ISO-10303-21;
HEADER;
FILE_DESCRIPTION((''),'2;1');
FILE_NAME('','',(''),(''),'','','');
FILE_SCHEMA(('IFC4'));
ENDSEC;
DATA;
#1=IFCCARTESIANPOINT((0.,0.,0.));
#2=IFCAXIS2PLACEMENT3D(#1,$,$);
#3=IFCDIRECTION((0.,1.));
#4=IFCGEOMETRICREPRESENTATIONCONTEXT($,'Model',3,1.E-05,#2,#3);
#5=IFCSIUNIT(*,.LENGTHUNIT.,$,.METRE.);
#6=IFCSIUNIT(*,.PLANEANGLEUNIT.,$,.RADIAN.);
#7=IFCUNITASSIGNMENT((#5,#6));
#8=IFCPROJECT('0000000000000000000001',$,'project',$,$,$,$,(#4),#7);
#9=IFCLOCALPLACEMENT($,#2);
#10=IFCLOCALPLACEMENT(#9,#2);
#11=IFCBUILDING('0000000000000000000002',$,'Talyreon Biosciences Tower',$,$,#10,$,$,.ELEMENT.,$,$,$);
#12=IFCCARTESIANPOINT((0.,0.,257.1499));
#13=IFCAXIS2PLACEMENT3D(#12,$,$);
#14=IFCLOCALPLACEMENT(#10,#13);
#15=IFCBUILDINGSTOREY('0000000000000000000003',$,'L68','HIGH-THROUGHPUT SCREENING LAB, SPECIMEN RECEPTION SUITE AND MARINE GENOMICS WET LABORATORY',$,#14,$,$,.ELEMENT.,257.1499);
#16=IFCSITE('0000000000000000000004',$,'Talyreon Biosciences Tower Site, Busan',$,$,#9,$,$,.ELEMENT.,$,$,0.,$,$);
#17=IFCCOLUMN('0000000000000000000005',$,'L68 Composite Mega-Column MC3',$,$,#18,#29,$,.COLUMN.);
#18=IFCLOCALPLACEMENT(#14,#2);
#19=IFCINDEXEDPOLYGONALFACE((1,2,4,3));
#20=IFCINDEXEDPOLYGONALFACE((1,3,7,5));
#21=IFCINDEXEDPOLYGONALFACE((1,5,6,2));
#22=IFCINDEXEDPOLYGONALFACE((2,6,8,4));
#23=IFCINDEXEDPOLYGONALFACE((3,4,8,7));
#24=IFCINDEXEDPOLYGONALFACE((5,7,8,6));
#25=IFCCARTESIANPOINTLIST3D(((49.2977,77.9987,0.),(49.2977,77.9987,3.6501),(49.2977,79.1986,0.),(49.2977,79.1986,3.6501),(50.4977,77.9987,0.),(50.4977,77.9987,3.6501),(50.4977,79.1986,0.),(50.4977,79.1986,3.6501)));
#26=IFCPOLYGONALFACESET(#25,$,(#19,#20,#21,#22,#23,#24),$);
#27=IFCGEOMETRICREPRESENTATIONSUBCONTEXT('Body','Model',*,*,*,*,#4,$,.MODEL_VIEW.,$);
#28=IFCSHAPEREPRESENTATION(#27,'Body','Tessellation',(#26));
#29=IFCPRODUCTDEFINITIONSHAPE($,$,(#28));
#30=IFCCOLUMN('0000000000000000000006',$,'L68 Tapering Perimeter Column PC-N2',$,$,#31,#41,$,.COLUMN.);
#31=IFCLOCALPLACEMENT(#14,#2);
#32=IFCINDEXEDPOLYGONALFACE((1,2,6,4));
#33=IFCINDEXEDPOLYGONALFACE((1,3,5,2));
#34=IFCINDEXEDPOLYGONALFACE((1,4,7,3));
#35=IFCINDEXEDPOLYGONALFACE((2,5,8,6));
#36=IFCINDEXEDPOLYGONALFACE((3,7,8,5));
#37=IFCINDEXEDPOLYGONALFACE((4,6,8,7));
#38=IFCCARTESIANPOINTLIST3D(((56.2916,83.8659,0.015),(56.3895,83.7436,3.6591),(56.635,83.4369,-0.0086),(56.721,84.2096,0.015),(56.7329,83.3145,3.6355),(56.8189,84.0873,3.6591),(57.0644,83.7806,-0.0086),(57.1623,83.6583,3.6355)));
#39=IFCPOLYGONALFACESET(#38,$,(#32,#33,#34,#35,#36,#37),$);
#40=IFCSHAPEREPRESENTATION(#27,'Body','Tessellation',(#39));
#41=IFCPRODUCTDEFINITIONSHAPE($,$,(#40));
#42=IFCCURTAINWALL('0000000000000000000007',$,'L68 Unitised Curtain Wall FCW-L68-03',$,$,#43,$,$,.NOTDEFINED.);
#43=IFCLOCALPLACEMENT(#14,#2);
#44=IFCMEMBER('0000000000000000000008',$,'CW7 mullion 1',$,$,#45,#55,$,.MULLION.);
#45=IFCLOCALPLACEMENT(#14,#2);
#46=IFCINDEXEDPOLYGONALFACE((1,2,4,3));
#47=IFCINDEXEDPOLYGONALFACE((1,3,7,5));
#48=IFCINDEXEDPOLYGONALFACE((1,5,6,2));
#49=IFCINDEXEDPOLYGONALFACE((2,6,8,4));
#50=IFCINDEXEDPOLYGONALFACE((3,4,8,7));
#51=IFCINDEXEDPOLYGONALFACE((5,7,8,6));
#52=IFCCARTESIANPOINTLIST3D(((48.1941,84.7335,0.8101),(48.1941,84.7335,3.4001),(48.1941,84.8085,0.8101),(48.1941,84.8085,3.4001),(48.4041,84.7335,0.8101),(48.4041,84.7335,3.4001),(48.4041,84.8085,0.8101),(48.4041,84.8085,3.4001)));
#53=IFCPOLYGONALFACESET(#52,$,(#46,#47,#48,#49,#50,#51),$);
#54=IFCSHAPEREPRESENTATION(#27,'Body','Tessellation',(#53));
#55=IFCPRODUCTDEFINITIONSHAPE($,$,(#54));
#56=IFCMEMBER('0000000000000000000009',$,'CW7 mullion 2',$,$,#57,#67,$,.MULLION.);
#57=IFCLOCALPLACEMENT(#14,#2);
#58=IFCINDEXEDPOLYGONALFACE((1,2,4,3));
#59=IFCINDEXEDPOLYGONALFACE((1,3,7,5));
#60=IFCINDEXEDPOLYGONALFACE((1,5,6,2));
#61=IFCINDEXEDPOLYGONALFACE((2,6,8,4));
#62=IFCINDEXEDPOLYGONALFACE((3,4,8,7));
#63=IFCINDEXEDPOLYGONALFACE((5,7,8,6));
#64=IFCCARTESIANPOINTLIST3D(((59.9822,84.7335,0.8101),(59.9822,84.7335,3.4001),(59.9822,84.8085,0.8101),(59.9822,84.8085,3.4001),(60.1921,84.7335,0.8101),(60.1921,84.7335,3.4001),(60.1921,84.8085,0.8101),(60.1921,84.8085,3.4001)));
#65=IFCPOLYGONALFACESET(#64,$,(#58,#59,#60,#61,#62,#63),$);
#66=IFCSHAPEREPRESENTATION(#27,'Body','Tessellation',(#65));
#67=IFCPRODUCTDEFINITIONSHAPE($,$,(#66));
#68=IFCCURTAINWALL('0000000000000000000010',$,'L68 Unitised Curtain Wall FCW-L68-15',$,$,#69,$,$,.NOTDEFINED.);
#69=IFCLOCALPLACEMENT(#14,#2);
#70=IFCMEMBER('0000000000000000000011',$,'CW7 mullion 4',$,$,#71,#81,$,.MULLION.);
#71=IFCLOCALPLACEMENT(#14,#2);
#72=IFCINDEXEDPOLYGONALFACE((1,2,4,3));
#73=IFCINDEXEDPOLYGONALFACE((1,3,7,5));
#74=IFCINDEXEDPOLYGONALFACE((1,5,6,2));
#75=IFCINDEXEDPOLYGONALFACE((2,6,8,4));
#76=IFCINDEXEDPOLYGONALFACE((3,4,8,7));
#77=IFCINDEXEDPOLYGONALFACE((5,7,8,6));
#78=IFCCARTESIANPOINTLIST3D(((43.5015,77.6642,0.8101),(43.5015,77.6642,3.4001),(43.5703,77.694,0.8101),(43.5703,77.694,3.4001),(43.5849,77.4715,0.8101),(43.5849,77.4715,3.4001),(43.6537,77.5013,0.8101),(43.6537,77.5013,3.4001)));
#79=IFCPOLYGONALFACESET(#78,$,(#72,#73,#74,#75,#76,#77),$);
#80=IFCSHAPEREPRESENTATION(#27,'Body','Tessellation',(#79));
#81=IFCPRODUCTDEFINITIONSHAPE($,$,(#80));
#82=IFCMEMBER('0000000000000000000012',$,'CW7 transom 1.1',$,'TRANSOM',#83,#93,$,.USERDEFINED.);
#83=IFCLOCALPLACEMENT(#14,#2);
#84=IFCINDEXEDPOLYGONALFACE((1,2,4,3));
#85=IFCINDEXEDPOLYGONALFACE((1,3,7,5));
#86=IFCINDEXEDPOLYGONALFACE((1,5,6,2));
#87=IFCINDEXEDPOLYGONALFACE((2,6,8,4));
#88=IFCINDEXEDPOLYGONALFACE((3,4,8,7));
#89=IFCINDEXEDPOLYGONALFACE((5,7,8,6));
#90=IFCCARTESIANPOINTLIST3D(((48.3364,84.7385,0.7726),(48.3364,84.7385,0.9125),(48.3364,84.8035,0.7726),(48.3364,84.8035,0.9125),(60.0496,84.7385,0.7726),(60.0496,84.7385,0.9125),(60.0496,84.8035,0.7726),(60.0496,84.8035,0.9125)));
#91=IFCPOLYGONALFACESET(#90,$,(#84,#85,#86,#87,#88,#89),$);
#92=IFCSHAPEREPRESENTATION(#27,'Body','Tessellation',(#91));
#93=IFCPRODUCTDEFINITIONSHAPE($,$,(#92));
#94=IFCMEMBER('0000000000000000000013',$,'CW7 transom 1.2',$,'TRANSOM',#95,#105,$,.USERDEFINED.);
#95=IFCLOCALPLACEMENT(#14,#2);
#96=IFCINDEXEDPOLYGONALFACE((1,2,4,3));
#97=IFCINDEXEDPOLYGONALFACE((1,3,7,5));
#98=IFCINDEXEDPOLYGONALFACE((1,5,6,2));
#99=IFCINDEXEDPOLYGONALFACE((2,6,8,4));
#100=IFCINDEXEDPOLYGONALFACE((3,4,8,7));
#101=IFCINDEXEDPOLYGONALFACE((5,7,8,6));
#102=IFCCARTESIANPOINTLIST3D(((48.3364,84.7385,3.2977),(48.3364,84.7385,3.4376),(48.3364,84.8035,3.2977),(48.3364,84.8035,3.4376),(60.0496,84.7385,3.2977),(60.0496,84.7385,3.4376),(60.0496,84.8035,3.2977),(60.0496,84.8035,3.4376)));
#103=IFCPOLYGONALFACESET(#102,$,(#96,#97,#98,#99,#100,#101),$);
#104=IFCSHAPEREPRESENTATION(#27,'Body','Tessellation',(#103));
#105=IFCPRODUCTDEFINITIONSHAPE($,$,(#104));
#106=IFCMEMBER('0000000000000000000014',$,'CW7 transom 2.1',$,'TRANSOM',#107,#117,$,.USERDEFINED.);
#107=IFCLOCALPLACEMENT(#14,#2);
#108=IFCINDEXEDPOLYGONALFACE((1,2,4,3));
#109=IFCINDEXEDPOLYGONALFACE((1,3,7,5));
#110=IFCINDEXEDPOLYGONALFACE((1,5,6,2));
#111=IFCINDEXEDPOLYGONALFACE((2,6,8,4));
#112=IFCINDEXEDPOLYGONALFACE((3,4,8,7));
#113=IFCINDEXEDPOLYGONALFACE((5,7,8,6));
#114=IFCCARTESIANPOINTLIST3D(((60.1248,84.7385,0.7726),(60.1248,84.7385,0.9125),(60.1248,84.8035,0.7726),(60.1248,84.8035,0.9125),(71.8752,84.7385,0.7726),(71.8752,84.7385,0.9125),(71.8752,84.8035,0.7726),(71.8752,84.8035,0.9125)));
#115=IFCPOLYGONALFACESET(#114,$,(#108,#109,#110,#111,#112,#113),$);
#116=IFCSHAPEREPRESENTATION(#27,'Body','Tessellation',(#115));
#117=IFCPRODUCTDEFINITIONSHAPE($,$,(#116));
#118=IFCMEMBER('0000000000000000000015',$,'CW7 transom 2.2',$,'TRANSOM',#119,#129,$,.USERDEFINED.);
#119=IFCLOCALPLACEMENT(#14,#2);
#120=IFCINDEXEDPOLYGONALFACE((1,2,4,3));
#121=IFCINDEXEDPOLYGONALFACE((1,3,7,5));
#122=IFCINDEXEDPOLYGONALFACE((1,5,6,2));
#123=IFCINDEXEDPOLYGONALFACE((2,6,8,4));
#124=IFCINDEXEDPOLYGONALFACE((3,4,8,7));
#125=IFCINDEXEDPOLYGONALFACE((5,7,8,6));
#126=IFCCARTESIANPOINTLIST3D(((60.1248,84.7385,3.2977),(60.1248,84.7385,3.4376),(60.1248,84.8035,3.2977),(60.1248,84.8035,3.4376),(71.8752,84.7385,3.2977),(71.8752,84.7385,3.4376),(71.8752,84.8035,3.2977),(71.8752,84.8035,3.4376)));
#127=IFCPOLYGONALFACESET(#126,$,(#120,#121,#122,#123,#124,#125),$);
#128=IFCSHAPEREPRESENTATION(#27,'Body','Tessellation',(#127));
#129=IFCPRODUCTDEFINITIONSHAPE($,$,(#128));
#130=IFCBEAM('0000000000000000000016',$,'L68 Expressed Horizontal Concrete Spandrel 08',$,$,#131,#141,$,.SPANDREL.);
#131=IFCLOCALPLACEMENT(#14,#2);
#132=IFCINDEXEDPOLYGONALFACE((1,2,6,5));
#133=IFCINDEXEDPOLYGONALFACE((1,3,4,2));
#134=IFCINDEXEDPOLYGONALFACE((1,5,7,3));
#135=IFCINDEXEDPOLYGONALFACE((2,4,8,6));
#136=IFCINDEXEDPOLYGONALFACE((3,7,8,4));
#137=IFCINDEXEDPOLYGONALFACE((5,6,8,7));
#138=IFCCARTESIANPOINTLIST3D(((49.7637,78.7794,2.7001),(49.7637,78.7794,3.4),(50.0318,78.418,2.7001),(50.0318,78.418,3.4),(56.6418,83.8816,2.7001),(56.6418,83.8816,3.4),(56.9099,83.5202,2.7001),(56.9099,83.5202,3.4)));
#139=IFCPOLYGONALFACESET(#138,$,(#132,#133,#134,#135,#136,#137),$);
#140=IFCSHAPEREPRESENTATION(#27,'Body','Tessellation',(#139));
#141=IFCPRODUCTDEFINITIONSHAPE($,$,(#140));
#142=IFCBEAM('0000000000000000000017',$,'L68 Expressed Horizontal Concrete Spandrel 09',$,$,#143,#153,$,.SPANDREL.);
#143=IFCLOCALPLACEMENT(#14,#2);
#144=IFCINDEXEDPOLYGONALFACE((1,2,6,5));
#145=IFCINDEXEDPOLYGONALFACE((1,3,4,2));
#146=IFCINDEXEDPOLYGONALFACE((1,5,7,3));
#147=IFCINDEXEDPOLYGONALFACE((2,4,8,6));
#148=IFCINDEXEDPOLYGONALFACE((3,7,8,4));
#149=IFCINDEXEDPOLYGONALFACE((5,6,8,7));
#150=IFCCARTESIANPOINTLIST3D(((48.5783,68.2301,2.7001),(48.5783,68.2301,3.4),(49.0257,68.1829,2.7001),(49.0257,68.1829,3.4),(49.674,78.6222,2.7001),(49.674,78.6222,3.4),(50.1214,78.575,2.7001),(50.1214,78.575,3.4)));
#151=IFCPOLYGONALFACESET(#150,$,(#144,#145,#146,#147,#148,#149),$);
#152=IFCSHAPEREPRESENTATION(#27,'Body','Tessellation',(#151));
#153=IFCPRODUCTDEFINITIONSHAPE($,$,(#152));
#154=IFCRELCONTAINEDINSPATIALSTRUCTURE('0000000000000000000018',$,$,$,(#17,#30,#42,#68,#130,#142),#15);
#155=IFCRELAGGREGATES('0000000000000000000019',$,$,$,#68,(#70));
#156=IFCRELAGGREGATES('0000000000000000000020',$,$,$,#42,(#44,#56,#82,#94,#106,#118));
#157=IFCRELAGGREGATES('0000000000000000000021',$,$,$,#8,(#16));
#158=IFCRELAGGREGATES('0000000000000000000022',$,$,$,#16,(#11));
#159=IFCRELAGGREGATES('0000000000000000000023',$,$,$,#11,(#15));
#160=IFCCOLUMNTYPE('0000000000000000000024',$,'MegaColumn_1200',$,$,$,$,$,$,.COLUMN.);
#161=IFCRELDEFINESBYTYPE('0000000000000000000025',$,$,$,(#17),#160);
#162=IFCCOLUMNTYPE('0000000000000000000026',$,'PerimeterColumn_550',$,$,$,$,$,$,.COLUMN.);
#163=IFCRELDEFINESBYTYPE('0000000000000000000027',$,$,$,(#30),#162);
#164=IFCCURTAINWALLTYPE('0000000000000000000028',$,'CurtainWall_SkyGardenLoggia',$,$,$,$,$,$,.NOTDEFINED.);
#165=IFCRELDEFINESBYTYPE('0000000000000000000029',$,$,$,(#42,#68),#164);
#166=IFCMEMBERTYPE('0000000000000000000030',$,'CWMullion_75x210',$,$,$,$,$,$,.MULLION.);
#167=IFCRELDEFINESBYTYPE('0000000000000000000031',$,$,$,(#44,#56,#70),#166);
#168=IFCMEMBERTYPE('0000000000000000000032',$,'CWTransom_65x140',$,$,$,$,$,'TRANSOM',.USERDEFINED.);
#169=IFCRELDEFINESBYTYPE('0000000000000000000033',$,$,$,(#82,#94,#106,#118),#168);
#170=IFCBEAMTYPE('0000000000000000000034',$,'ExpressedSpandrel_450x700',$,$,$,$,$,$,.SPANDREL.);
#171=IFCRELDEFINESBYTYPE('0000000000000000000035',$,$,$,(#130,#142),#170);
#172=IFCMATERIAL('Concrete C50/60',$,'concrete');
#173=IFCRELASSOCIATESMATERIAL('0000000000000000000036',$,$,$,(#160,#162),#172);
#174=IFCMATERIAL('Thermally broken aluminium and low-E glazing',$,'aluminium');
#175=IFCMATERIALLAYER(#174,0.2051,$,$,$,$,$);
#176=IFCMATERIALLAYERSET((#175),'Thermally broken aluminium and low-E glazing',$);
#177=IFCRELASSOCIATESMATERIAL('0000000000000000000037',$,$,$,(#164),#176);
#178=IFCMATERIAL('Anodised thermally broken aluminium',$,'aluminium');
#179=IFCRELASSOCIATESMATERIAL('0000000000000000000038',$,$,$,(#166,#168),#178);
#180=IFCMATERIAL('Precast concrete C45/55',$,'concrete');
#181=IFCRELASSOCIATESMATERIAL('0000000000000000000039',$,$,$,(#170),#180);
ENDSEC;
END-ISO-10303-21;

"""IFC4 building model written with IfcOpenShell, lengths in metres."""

from ifc_helpers import new_model, si_unit, direction, frame, origin, origin_2d, place, context, subcontext, project, spatial, rectangle, extrude, material, layer, layer_set, material_profile, profile_set, type_object, element, aggregate, save


model = new_model("IFC4")

# Units and contexts
model_context = context("Model", 3, precision=1e-05, world=origin(), true_north=direction((0.0, 1.0)))
body_context = subcontext(model_context, "Body", "Model", "MODEL_VIEW")
ifc_project = project(units=[si_unit("LENGTHUNIT", "METRE"), si_unit("PLANEANGLEUNIT", "RADIAN")], contexts=[model_context])

# Site, building, storey
site_placement = place(None, origin())
site = spatial("IfcSite", under=ifc_project, at=site_placement, Name="Talyreon Biosciences Tower Site, Busan", CompositionType="ELEMENT", RefElevation=0.0)
building_placement = place(site_placement, origin())
building = spatial("IfcBuilding", under=site, at=building_placement, Name="Talyreon Biosciences Tower", CompositionType="ELEMENT")
storey_placement = place(building_placement, frame((0.0, 0.0, 257.1499)))
storey = spatial("IfcBuildingStorey", under=building, at=storey_placement, Name="L68", Description="HIGH-THROUGHPUT SCREENING LAB, SPECIMEN RECEPTION SUITE AND MARINE GENOMICS WET LABORATORY", CompositionType="ELEMENT", Elevation=257.1499)

# Columns
ifc_material_1 = material(Name="Concrete C50/60", Category="concrete")
ifc_material_profile_1 = material_profile(ifc_material_1, rectangle(XDim=1.2, YDim=1.2, at=origin_2d()), Name="RC 1200x1200")
ifc_profile_set_1 = profile_set([ifc_material_profile_1], Name="Concrete C50/60")
column_type_1 = type_object("IfcColumnType", Name="MegaColumn_1200", PredefinedType="COLUMN", material=ifc_profile_set_1)
column_1_placement = place(storey_placement, frame((49.8977, 78.5986, 0.0), z_axis=(0.0, 0.0, 1.0), x_axis=(1.0, 0.0, 0.0)))
element("IfcColumn", 1, at=column_1_placement, inside=storey, type_object=column_type_1, Name="L68 Composite Mega-Column MC3", PredefinedType="COLUMN", context=body_context, shape_type="SweptSolid", body=[
    extrude(rectangle(XDim=1.2, YDim=1.2, at=origin_2d()), origin(), (0.0, 0.0, 1.0), 3.6501),
])
ifc_material_profile_2 = material_profile(ifc_material_1, rectangle(XDim=0.55, YDim=0.55, at=origin_2d()), Name="RC 550x550")
ifc_profile_set_2 = profile_set([ifc_material_profile_2], Name="Concrete C50/60")
column_type_2 = type_object("IfcColumnType", Name="PerimeterColumn_550", PredefinedType="COLUMN", material=ifc_profile_set_2)
column_2_placement = place(storey_placement, frame((56.678, 83.8232, 0.0032), z_axis=(0.026841, -0.033535, 0.999077), x_axis=(-0.780717, -0.624885, 0.0)))
element("IfcColumn", 2, at=column_2_placement, inside=storey, type_object=column_type_2, Name="L68 Tapering Perimeter Column PC-N2", PredefinedType="COLUMN", context=body_context, shape_type="SweptSolid", body=[
    extrude(rectangle(XDim=0.55, YDim=0.55, at=origin_2d()), origin(), (0.0, 0.0, 1.0), 3.6475),
])

# Curtain wall, members
ifc_material_2 = material(Name="Thermally broken aluminium and low-E glazing", Category="aluminium")
ifc_layer_1 = layer(ifc_material_2, 0.2051)
ifc_layer_set_1 = layer_set([ifc_layer_1], Name="Thermally broken aluminium and low-E glazing")
curtain_wall_type = type_object("IfcCurtainWallType", Name="CurtainWall_SkyGardenLoggia", PredefinedType="NOTDEFINED", material=ifc_layer_set_1)
curtain_wall_1_placement = place(storey_placement, origin())
curtain_wall_1 = element("IfcCurtainWall", 3, at=curtain_wall_1_placement, inside=storey, type_object=curtain_wall_type, Name="L68 Unitised Curtain Wall FCW-L68-03", PredefinedType="NOTDEFINED")
ifc_material_3 = material(Name="Anodised thermally broken aluminium", Category="aluminium")
ifc_material_profile_3 = material_profile(ifc_material_3, rectangle(XDim=0.075, YDim=0.21, at=origin_2d()), Name="ALUM MULLION 75x210")
ifc_profile_set_3 = profile_set([ifc_material_profile_3], Name="Anodised thermally broken aluminium")
member_type_1 = type_object("IfcMemberType", Name="CWMullion_75x210", PredefinedType="MULLION", material=ifc_profile_set_3)
member_1_placement = place(storey_placement, frame((48.2991, 84.771, 0.8101), z_axis=(0.0, 0.0, 1.0), x_axis=(0.0, 1.0, 0.0)))
member_1 = element("IfcMember", 4, at=member_1_placement, type_object=member_type_1, Name="CW7 mullion 1", PredefinedType="MULLION", context=body_context, shape_type="SweptSolid", body=[
    extrude(rectangle(XDim=0.075, YDim=0.21, at=origin_2d()), origin(), (0.0, 0.0, 1.0), 2.5901),
])
member_2_placement = place(storey_placement, frame((60.0872, 84.771, 0.8101), z_axis=(0.0, 0.0, 1.0), x_axis=(0.0, 1.0, 0.0)))
member_2 = element("IfcMember", 5, at=member_2_placement, type_object=member_type_1, Name="CW7 mullion 2", PredefinedType="MULLION", context=body_context, shape_type="SweptSolid", body=[
    extrude(rectangle(XDim=0.075, YDim=0.21, at=origin_2d()), origin(), (0.0, 0.0, 1.0), 2.5901),
])

# Curtain wall, member
curtain_wall_2_placement = place(storey_placement, origin())
curtain_wall_2 = element("IfcCurtainWall", 6, at=curtain_wall_2_placement, inside=storey, type_object=curtain_wall_type, Name="L68 Unitised Curtain Wall FCW-L68-15", PredefinedType="NOTDEFINED")
member_3_placement = place(storey_placement, frame((43.5776, 77.5828, 0.8101), z_axis=(0.0, 0.0, 1.0), x_axis=(-0.917723, -0.397221, 0.0)))
member_3 = element("IfcMember", 7, at=member_3_placement, type_object=member_type_1, Name="CW7 mullion 4", PredefinedType="MULLION", context=body_context, shape_type="SweptSolid", body=[
    extrude(rectangle(XDim=0.075, YDim=0.21, at=origin_2d()), origin(), (0.0, 0.0, 1.0), 2.5901),
])
aggregate(curtain_wall_2, [member_3])

# Members
ifc_material_profile_4 = material_profile(ifc_material_3, rectangle(XDim=0.0649, YDim=0.1399, at=origin_2d()), Name="ALUM TRANSOM 65x140")
ifc_profile_set_4 = profile_set([ifc_material_profile_4], Name="Anodised thermally broken aluminium")
member_type_2 = type_object("IfcMemberType", Name="CWTransom_65x140", ElementType="TRANSOM", PredefinedType="USERDEFINED", material=ifc_profile_set_4)
member_4_placement = place(storey_placement, frame((48.3364, 84.771, 0.8425), z_axis=(1.0, 0.0, 0.0), x_axis=(0.0, 1.0, 0.0)))
member_4 = element("IfcMember", 8, at=member_4_placement, type_object=member_type_2, Name="CW7 transom 1.1", ObjectType="TRANSOM", PredefinedType="USERDEFINED", context=body_context, shape_type="SweptSolid", body=[
    extrude(rectangle(XDim=0.0649, YDim=0.1399, at=origin_2d()), origin(), (0.0, 0.0, 1.0), 11.7131),
])
member_5_placement = place(storey_placement, frame((48.3364, 84.771, 3.3677), z_axis=(1.0, 0.0, 0.0), x_axis=(0.0, 1.0, 0.0)))
member_5 = element("IfcMember", 9, at=member_5_placement, type_object=member_type_2, Name="CW7 transom 1.2", ObjectType="TRANSOM", PredefinedType="USERDEFINED", context=body_context, shape_type="SweptSolid", body=[
    extrude(rectangle(XDim=0.0649, YDim=0.1399, at=origin_2d()), origin(), (0.0, 0.0, 1.0), 11.7131),
])
member_6_placement = place(storey_placement, frame((60.1248, 84.771, 0.8425), z_axis=(1.0, 0.0, 0.0), x_axis=(0.0, 1.0, 0.0)))
member_6 = element("IfcMember", 10, at=member_6_placement, type_object=member_type_2, Name="CW7 transom 2.1", ObjectType="TRANSOM", PredefinedType="USERDEFINED", context=body_context, shape_type="SweptSolid", body=[
    extrude(rectangle(XDim=0.0649, YDim=0.1399, at=origin_2d()), origin(), (0.0, 0.0, 1.0), 11.7505),
])
member_7_placement = place(storey_placement, frame((60.1248, 84.771, 3.3677), z_axis=(1.0, 0.0, 0.0), x_axis=(0.0, 1.0, 0.0)))
member_7 = element("IfcMember", 11, at=member_7_placement, type_object=member_type_2, Name="CW7 transom 2.2", ObjectType="TRANSOM", PredefinedType="USERDEFINED", context=body_context, shape_type="SweptSolid", body=[
    extrude(rectangle(XDim=0.0649, YDim=0.1399, at=origin_2d()), origin(), (0.0, 0.0, 1.0), 11.7505),
])

# Beams
ifc_material_4 = material(Name="Precast concrete C45/55", Category="concrete")
ifc_material_profile_5 = material_profile(ifc_material_4, rectangle(XDim=0.45, YDim=0.7, at=origin_2d()), Name="RCB 450x700")
ifc_profile_set_5 = profile_set([ifc_material_profile_5], Name="Precast concrete C45/55")
beam_type_1 = type_object("IfcBeamType", Name="ExpressedSpandrel_450x700", PredefinedType="SPANDREL", material=ifc_profile_set_5)
beam_1_placement = place(storey_placement, frame((56.7759, 83.7009, 3.05), z_axis=(-0.803146, -0.595782, 0.0), x_axis=(0.595782, -0.803146, 0.0)))
element("IfcBeam", 12, at=beam_1_placement, inside=storey, type_object=beam_type_1, Name="L68 Expressed Horizontal Concrete Spandrel 08", PredefinedType="SPANDREL", context=body_context, shape_type="SweptSolid", body=[
    extrude(rectangle(XDim=0.45, YDim=0.7, at=origin_2d()), origin(), (0.0, 0.0, 1.0), 8.564),
])
beam_2_placement = place(storey_placement, frame((49.8977, 78.5986, 3.05), z_axis=(-0.104855, -0.994488, 0.0), x_axis=(0.994488, -0.104855, 0.0)))
element("IfcBeam", 13, at=beam_2_placement, inside=storey, type_object=beam_type_1, Name="L68 Expressed Horizontal Concrete Spandrel 09", PredefinedType="SPANDREL", context=body_context, shape_type="SweptSolid", body=[
    extrude(rectangle(XDim=0.45, YDim=0.7, at=origin_2d()), origin(), (0.0, 0.0, 1.0), 10.4497),
])

aggregate(curtain_wall_1, [member_1, member_2, member_4, member_5, member_6, member_7])

save(model, "model.ifc")
